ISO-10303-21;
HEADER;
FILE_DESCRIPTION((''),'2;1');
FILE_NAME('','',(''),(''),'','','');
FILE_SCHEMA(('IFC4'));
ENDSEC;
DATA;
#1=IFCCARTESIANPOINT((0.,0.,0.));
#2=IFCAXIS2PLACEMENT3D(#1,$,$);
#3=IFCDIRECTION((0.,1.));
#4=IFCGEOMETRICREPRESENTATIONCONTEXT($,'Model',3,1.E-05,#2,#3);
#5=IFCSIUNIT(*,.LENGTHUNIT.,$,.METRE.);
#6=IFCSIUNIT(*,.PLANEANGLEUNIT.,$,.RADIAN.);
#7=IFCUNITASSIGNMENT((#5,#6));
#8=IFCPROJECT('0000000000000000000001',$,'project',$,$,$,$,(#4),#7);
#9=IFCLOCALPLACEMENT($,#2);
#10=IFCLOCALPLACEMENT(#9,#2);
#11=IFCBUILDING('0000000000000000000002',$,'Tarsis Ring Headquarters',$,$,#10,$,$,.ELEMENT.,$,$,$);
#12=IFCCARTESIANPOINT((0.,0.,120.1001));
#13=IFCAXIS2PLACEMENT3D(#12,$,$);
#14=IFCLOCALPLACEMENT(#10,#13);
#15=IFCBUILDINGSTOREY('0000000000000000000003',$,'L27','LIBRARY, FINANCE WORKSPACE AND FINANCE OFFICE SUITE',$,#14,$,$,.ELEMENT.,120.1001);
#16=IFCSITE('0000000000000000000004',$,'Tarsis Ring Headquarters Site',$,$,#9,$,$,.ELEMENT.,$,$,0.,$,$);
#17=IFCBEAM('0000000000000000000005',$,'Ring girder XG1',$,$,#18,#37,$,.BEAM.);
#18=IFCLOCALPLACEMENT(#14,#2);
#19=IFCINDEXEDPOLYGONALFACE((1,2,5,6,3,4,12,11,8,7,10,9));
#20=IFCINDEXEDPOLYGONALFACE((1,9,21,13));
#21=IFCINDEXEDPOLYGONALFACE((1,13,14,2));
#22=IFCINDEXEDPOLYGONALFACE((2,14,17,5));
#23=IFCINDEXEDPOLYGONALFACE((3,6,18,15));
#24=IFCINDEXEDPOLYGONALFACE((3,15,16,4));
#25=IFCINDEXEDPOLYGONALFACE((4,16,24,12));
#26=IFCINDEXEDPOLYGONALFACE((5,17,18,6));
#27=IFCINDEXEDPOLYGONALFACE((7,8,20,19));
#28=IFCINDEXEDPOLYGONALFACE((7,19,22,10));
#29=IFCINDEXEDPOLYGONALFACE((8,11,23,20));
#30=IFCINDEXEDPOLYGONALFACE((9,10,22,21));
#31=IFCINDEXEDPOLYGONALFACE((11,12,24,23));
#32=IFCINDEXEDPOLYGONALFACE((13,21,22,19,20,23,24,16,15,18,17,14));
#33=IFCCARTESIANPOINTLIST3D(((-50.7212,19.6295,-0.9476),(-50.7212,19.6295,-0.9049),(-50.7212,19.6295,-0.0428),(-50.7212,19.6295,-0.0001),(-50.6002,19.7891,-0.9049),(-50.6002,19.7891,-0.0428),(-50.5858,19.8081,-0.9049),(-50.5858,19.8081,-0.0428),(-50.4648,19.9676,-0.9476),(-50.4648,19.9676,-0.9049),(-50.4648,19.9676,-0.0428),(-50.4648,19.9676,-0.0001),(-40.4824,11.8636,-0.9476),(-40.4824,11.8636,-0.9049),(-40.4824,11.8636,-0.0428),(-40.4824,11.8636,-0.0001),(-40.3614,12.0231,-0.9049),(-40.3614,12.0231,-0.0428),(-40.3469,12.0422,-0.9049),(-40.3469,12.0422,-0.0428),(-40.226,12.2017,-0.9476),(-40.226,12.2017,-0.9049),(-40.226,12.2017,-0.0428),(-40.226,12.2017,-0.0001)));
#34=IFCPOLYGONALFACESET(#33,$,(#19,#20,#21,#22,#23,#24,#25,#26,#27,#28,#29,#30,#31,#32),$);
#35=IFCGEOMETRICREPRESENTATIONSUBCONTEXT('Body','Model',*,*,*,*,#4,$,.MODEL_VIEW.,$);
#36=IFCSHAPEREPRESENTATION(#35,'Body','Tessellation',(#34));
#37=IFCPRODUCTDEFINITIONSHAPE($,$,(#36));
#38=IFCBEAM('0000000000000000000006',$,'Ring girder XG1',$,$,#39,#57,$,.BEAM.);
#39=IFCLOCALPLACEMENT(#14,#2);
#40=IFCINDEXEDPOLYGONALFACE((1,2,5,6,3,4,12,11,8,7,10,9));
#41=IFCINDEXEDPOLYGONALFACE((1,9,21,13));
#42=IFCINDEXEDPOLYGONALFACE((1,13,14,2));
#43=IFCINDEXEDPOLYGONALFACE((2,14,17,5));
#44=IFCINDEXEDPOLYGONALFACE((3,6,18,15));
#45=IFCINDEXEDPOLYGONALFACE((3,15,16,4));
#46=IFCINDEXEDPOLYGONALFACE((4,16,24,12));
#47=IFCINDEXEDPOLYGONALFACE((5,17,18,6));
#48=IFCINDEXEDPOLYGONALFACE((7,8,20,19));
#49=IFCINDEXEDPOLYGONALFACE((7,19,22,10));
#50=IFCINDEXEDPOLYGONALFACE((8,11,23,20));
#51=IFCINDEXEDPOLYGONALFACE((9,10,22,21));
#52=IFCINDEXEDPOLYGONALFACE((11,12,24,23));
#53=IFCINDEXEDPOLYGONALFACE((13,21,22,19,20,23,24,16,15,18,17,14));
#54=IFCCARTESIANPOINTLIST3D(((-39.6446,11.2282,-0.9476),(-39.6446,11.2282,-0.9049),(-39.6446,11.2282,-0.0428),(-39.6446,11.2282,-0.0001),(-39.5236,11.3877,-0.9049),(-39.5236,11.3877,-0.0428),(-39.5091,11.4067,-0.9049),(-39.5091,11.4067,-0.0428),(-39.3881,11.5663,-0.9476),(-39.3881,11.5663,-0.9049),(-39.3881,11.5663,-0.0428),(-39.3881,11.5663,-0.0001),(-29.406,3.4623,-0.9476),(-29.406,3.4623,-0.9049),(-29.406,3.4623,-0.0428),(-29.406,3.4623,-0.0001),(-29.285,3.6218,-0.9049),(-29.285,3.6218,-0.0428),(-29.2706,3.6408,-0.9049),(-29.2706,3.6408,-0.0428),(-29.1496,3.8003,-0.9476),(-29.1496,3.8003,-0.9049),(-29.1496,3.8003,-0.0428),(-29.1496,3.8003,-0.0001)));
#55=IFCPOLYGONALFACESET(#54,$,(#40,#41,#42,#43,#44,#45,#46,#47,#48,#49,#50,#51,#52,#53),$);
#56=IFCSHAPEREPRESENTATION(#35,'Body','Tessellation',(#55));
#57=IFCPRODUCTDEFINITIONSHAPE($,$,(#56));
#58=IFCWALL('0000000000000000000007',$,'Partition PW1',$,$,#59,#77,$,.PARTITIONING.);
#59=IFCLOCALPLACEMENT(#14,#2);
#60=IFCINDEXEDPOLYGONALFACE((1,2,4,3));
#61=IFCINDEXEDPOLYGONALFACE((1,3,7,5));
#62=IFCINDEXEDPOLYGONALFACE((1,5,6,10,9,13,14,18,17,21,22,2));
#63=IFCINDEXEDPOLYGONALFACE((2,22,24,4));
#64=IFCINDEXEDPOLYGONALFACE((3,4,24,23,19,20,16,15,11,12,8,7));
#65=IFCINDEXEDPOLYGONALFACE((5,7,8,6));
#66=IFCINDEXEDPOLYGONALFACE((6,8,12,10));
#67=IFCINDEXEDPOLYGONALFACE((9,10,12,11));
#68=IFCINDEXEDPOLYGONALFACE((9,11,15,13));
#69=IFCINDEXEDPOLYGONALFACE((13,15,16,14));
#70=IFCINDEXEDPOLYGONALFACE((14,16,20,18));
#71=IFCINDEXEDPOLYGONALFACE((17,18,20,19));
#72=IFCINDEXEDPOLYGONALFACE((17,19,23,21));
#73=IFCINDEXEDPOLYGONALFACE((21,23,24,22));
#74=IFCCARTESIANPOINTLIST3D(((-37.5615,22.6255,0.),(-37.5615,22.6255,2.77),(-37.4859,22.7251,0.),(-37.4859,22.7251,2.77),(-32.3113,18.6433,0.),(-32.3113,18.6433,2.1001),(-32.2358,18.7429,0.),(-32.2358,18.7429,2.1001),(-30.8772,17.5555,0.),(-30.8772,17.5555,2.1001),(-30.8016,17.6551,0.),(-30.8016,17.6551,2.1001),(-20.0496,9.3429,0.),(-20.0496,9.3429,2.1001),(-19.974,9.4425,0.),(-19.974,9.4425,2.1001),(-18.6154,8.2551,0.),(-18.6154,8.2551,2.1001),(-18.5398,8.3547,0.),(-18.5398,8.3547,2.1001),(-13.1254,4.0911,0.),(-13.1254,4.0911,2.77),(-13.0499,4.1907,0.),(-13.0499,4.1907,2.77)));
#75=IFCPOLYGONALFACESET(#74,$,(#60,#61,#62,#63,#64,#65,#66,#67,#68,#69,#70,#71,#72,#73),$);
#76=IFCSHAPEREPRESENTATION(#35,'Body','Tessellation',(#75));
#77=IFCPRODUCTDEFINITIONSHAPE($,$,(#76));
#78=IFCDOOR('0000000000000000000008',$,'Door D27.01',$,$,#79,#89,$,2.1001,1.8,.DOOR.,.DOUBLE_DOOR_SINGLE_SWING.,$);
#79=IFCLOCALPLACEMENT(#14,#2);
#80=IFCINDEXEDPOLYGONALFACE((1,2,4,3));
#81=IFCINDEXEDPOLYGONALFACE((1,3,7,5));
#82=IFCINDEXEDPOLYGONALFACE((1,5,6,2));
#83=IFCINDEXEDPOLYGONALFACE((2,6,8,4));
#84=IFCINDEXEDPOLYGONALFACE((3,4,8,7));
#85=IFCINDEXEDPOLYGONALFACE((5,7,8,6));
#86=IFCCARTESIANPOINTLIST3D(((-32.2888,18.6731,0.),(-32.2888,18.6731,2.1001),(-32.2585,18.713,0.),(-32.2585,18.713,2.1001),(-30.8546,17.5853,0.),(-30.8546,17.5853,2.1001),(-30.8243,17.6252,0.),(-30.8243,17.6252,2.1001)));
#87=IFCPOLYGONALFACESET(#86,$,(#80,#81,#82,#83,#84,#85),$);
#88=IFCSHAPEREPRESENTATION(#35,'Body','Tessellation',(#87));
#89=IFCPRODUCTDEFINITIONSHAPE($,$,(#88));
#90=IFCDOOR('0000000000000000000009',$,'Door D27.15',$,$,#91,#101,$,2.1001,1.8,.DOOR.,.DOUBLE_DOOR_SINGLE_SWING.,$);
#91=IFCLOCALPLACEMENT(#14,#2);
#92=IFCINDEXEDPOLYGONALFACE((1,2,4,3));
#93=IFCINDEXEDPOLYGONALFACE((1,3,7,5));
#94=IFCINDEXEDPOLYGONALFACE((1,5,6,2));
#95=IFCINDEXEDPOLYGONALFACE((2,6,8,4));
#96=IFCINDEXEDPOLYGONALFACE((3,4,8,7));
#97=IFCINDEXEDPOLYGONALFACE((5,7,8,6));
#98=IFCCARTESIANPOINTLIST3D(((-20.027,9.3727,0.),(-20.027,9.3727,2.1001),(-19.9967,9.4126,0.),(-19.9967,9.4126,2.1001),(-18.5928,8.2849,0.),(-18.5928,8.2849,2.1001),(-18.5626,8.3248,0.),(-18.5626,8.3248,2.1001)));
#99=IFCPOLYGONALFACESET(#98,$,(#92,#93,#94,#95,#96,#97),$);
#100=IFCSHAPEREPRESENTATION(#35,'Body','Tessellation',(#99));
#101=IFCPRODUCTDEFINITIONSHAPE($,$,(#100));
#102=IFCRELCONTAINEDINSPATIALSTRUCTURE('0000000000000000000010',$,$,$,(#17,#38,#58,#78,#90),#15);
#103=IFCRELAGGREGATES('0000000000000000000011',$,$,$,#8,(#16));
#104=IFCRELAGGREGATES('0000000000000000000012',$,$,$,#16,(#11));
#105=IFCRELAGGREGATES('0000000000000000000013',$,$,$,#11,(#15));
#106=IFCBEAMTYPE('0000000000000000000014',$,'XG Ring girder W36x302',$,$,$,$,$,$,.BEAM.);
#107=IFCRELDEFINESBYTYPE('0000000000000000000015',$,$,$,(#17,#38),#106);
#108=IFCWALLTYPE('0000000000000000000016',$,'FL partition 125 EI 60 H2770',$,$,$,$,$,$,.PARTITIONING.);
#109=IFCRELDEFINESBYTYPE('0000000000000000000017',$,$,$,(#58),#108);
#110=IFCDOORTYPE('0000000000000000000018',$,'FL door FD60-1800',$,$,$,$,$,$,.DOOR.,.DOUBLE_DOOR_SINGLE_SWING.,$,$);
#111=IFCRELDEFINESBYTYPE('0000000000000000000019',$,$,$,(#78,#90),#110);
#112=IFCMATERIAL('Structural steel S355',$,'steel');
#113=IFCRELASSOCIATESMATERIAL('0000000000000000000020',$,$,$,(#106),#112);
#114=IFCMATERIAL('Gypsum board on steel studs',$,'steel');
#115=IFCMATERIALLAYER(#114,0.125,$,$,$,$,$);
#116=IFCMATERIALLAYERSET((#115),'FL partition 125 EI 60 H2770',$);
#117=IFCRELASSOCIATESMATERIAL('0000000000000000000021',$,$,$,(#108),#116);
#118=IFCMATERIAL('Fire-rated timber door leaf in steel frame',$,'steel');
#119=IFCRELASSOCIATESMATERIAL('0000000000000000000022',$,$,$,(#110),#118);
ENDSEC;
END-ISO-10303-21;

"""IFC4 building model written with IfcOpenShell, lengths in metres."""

from ifc_helpers import new_model, si_unit, direction, frame, frame_2d, origin, origin_2d, place, context, subcontext, project, spatial, rectangle, i_section, extrude, material, layer, layer_set, material_profile, profile_set, type_object, element, fill, save


model = new_model("IFC4")

# Units and contexts
model_context = context("Model", 3, precision=1e-05, world=origin(), true_north=direction((0.0, 1.0)))
body_context = subcontext(model_context, "Body", "Model", "MODEL_VIEW")
ifc_project = project(units=[si_unit("LENGTHUNIT", "METRE"), si_unit("PLANEANGLEUNIT", "RADIAN")], contexts=[model_context])

# Site, building, storey
site_placement = place(None, origin())
site = spatial("IfcSite", under=ifc_project, at=site_placement, Name="Tarsis Ring Headquarters Site", CompositionType="ELEMENT", RefElevation=0.0)
building_placement = place(site_placement, origin())
building = spatial("IfcBuilding", under=site, at=building_placement, Name="Tarsis Ring Headquarters", CompositionType="ELEMENT")
storey_placement = place(building_placement, frame((0.0, 0.0, 120.1001)))
storey = spatial("IfcBuildingStorey", under=building, at=storey_placement, Name="L27", Description="LIBRARY, FINANCE WORKSPACE AND FINANCE OFFICE SUITE", CompositionType="ELEMENT", Elevation=120.1001)

# Shared definitions
ifc_material_1 = material(Name="Structural steel S355", Category="steel")

# Beams
ifc_material_profile_1 = material_profile(ifc_material_1, i_section(OverallWidth=0.4243, OverallDepth=0.9475, WebThickness=0.0239, FlangeThickness=0.0427, at=origin_2d()), Name="W36x302")
ifc_profile_set_1 = profile_set([ifc_material_profile_1], Name="Structural steel S355")
beam_type = type_object("IfcBeamType", Name="XG Ring girder W36x302", PredefinedType="BEAM", material=ifc_profile_set_1)
beam_1_placement = place(storey_placement, frame((-50.593, 19.7986, -0.4739), z_axis=(0.796746, -0.604314, 0.0), x_axis=(0.604314, 0.796746, 0.0)))
element("IfcBeam", 1, at=beam_1_placement, inside=storey, type_object=beam_type, Name="Ring girder XG1", PredefinedType="BEAM", context=body_context, shape_type="SweptSolid", body=[
    extrude(i_section(OverallWidth=0.4243, OverallDepth=0.9475, WebThickness=0.0239, FlangeThickness=0.0427, at=origin_2d()), origin(), (0.0, 0.0, 1.0), 12.8508),
])
beam_2_placement = place(storey_placement, frame((-39.5164, 11.3972, -0.4739), z_axis=(0.79674, -0.604323, 0.0), x_axis=(0.604323, 0.79674, 0.0)))
element("IfcBeam", 2, at=beam_2_placement, inside=storey, type_object=beam_type, Name="Ring girder XG1", PredefinedType="BEAM", context=body_context, shape_type="SweptSolid", body=[
    extrude(i_section(OverallWidth=0.4243, OverallDepth=0.9475, WebThickness=0.0239, FlangeThickness=0.0427, at=origin_2d()), origin(), (0.0, 0.0, 1.0), 12.8506),
])

# Wall, openings, doors
ifc_material_2 = material(Name="Gypsum board on steel studs", Category="steel")
ifc_layer_1 = layer(ifc_material_2, 0.125)
ifc_layer_set_1 = layer_set([ifc_layer_1], Name="FL partition 125 EI 60 H2770")
wall_type_1 = type_object("IfcWallType", Name="FL partition 125 EI 60 H2770", PredefinedType="PARTITIONING", material=ifc_layer_set_1)
wall_1_placement = place(storey_placement, frame((-37.5237, 22.6753, 0.0), z_axis=(0.0, 0.0, 1.0), x_axis=(0.796742, -0.604319, 0.0)))
wall_1 = element("IfcWall", 3, at=wall_1_placement, inside=storey, type_object=wall_type_1, Name="Partition PW1", PredefinedType="PARTITIONING", context=body_context, shape_type="SweptSolid", body=[
    extrude(rectangle(XDim=30.6699, YDim=0.125, at=frame_2d((15.335, 0.0))), origin(), (0.0, 0.0, 1.0), 2.77),
])
opening_1_placement = place(wall_1_placement, frame((6.5896, 0.0, 0.0)))
opening_1 = element("IfcOpeningElement", 4, at=opening_1_placement, cuts=wall_1, PredefinedType="OPENING", context=body_context, shape_type="SweptSolid", body=[
    extrude(rectangle(XDim=1.8, YDim=2.1001, at=frame_2d((0.8999, 1.05))), frame((0.0, 0.0725, 0.0), z_axis=(0.0, -1.0, 0.0), x_axis=(1.0, 0.0, 0.0)), (0.0, 0.0, 1.0), 0.145),
])
opening_2_placement = place(wall_1_placement, frame((21.9795, 0.0, 0.0)))
opening_2 = element("IfcOpeningElement", 5, at=opening_2_placement, cuts=wall_1, PredefinedType="OPENING", context=body_context, shape_type="SweptSolid", body=[
    extrude(rectangle(XDim=1.8, YDim=2.1001, at=frame_2d((0.8999, 1.05))), frame((0.0, 0.0725, 0.0), z_axis=(0.0, -1.0, 0.0), x_axis=(1.0, 0.0, 0.0)), (0.0, 0.0, 1.0), 0.145),
])
ifc_material_3 = material(Name="Fire-rated timber door leaf in steel frame", Category="steel")
door_type = type_object("IfcDoorType", Name="FL door FD60-1800", OperationType="DOUBLE_DOOR_SINGLE_SWING", PredefinedType="DOOR", material=ifc_material_3)
door_1_placement = place(opening_1_placement, origin())
door_1 = element("IfcDoor", 6, at=door_1_placement, inside=storey, type_object=door_type, Name="Door D27.01", OperationType="DOUBLE_DOOR_SINGLE_SWING", OverallHeight=2.1001, OverallWidth=1.8, PredefinedType="DOOR", context=body_context, shape_type="SweptSolid", body=[
    extrude(rectangle(XDim=1.8, YDim=2.1001, at=frame_2d((0.8999, 1.05))), frame((0.0, 0.0249, 0.0), z_axis=(0.0, -1.0, 0.0), x_axis=(1.0, 0.0, 0.0)), (0.0, 0.0, 1.0), 0.05),
])
fill(opening_1, door_1)
door_2_placement = place(opening_2_placement, origin())
door_2 = element("IfcDoor", 7, at=door_2_placement, inside=storey, type_object=door_type, Name="Door D27.15", OperationType="DOUBLE_DOOR_SINGLE_SWING", OverallHeight=2.1001, OverallWidth=1.8, PredefinedType="DOOR", context=body_context, shape_type="SweptSolid", body=[
    extrude(rectangle(XDim=1.8, YDim=2.1001, at=frame_2d((0.8999, 1.05))), frame((0.0, 0.0249, 0.0), z_axis=(0.0, -1.0, 0.0), x_axis=(1.0, 0.0, 0.0)), (0.0, 0.0, 1.0), 0.05),
])
fill(opening_2, door_2)

save(model, "model.ifc")
